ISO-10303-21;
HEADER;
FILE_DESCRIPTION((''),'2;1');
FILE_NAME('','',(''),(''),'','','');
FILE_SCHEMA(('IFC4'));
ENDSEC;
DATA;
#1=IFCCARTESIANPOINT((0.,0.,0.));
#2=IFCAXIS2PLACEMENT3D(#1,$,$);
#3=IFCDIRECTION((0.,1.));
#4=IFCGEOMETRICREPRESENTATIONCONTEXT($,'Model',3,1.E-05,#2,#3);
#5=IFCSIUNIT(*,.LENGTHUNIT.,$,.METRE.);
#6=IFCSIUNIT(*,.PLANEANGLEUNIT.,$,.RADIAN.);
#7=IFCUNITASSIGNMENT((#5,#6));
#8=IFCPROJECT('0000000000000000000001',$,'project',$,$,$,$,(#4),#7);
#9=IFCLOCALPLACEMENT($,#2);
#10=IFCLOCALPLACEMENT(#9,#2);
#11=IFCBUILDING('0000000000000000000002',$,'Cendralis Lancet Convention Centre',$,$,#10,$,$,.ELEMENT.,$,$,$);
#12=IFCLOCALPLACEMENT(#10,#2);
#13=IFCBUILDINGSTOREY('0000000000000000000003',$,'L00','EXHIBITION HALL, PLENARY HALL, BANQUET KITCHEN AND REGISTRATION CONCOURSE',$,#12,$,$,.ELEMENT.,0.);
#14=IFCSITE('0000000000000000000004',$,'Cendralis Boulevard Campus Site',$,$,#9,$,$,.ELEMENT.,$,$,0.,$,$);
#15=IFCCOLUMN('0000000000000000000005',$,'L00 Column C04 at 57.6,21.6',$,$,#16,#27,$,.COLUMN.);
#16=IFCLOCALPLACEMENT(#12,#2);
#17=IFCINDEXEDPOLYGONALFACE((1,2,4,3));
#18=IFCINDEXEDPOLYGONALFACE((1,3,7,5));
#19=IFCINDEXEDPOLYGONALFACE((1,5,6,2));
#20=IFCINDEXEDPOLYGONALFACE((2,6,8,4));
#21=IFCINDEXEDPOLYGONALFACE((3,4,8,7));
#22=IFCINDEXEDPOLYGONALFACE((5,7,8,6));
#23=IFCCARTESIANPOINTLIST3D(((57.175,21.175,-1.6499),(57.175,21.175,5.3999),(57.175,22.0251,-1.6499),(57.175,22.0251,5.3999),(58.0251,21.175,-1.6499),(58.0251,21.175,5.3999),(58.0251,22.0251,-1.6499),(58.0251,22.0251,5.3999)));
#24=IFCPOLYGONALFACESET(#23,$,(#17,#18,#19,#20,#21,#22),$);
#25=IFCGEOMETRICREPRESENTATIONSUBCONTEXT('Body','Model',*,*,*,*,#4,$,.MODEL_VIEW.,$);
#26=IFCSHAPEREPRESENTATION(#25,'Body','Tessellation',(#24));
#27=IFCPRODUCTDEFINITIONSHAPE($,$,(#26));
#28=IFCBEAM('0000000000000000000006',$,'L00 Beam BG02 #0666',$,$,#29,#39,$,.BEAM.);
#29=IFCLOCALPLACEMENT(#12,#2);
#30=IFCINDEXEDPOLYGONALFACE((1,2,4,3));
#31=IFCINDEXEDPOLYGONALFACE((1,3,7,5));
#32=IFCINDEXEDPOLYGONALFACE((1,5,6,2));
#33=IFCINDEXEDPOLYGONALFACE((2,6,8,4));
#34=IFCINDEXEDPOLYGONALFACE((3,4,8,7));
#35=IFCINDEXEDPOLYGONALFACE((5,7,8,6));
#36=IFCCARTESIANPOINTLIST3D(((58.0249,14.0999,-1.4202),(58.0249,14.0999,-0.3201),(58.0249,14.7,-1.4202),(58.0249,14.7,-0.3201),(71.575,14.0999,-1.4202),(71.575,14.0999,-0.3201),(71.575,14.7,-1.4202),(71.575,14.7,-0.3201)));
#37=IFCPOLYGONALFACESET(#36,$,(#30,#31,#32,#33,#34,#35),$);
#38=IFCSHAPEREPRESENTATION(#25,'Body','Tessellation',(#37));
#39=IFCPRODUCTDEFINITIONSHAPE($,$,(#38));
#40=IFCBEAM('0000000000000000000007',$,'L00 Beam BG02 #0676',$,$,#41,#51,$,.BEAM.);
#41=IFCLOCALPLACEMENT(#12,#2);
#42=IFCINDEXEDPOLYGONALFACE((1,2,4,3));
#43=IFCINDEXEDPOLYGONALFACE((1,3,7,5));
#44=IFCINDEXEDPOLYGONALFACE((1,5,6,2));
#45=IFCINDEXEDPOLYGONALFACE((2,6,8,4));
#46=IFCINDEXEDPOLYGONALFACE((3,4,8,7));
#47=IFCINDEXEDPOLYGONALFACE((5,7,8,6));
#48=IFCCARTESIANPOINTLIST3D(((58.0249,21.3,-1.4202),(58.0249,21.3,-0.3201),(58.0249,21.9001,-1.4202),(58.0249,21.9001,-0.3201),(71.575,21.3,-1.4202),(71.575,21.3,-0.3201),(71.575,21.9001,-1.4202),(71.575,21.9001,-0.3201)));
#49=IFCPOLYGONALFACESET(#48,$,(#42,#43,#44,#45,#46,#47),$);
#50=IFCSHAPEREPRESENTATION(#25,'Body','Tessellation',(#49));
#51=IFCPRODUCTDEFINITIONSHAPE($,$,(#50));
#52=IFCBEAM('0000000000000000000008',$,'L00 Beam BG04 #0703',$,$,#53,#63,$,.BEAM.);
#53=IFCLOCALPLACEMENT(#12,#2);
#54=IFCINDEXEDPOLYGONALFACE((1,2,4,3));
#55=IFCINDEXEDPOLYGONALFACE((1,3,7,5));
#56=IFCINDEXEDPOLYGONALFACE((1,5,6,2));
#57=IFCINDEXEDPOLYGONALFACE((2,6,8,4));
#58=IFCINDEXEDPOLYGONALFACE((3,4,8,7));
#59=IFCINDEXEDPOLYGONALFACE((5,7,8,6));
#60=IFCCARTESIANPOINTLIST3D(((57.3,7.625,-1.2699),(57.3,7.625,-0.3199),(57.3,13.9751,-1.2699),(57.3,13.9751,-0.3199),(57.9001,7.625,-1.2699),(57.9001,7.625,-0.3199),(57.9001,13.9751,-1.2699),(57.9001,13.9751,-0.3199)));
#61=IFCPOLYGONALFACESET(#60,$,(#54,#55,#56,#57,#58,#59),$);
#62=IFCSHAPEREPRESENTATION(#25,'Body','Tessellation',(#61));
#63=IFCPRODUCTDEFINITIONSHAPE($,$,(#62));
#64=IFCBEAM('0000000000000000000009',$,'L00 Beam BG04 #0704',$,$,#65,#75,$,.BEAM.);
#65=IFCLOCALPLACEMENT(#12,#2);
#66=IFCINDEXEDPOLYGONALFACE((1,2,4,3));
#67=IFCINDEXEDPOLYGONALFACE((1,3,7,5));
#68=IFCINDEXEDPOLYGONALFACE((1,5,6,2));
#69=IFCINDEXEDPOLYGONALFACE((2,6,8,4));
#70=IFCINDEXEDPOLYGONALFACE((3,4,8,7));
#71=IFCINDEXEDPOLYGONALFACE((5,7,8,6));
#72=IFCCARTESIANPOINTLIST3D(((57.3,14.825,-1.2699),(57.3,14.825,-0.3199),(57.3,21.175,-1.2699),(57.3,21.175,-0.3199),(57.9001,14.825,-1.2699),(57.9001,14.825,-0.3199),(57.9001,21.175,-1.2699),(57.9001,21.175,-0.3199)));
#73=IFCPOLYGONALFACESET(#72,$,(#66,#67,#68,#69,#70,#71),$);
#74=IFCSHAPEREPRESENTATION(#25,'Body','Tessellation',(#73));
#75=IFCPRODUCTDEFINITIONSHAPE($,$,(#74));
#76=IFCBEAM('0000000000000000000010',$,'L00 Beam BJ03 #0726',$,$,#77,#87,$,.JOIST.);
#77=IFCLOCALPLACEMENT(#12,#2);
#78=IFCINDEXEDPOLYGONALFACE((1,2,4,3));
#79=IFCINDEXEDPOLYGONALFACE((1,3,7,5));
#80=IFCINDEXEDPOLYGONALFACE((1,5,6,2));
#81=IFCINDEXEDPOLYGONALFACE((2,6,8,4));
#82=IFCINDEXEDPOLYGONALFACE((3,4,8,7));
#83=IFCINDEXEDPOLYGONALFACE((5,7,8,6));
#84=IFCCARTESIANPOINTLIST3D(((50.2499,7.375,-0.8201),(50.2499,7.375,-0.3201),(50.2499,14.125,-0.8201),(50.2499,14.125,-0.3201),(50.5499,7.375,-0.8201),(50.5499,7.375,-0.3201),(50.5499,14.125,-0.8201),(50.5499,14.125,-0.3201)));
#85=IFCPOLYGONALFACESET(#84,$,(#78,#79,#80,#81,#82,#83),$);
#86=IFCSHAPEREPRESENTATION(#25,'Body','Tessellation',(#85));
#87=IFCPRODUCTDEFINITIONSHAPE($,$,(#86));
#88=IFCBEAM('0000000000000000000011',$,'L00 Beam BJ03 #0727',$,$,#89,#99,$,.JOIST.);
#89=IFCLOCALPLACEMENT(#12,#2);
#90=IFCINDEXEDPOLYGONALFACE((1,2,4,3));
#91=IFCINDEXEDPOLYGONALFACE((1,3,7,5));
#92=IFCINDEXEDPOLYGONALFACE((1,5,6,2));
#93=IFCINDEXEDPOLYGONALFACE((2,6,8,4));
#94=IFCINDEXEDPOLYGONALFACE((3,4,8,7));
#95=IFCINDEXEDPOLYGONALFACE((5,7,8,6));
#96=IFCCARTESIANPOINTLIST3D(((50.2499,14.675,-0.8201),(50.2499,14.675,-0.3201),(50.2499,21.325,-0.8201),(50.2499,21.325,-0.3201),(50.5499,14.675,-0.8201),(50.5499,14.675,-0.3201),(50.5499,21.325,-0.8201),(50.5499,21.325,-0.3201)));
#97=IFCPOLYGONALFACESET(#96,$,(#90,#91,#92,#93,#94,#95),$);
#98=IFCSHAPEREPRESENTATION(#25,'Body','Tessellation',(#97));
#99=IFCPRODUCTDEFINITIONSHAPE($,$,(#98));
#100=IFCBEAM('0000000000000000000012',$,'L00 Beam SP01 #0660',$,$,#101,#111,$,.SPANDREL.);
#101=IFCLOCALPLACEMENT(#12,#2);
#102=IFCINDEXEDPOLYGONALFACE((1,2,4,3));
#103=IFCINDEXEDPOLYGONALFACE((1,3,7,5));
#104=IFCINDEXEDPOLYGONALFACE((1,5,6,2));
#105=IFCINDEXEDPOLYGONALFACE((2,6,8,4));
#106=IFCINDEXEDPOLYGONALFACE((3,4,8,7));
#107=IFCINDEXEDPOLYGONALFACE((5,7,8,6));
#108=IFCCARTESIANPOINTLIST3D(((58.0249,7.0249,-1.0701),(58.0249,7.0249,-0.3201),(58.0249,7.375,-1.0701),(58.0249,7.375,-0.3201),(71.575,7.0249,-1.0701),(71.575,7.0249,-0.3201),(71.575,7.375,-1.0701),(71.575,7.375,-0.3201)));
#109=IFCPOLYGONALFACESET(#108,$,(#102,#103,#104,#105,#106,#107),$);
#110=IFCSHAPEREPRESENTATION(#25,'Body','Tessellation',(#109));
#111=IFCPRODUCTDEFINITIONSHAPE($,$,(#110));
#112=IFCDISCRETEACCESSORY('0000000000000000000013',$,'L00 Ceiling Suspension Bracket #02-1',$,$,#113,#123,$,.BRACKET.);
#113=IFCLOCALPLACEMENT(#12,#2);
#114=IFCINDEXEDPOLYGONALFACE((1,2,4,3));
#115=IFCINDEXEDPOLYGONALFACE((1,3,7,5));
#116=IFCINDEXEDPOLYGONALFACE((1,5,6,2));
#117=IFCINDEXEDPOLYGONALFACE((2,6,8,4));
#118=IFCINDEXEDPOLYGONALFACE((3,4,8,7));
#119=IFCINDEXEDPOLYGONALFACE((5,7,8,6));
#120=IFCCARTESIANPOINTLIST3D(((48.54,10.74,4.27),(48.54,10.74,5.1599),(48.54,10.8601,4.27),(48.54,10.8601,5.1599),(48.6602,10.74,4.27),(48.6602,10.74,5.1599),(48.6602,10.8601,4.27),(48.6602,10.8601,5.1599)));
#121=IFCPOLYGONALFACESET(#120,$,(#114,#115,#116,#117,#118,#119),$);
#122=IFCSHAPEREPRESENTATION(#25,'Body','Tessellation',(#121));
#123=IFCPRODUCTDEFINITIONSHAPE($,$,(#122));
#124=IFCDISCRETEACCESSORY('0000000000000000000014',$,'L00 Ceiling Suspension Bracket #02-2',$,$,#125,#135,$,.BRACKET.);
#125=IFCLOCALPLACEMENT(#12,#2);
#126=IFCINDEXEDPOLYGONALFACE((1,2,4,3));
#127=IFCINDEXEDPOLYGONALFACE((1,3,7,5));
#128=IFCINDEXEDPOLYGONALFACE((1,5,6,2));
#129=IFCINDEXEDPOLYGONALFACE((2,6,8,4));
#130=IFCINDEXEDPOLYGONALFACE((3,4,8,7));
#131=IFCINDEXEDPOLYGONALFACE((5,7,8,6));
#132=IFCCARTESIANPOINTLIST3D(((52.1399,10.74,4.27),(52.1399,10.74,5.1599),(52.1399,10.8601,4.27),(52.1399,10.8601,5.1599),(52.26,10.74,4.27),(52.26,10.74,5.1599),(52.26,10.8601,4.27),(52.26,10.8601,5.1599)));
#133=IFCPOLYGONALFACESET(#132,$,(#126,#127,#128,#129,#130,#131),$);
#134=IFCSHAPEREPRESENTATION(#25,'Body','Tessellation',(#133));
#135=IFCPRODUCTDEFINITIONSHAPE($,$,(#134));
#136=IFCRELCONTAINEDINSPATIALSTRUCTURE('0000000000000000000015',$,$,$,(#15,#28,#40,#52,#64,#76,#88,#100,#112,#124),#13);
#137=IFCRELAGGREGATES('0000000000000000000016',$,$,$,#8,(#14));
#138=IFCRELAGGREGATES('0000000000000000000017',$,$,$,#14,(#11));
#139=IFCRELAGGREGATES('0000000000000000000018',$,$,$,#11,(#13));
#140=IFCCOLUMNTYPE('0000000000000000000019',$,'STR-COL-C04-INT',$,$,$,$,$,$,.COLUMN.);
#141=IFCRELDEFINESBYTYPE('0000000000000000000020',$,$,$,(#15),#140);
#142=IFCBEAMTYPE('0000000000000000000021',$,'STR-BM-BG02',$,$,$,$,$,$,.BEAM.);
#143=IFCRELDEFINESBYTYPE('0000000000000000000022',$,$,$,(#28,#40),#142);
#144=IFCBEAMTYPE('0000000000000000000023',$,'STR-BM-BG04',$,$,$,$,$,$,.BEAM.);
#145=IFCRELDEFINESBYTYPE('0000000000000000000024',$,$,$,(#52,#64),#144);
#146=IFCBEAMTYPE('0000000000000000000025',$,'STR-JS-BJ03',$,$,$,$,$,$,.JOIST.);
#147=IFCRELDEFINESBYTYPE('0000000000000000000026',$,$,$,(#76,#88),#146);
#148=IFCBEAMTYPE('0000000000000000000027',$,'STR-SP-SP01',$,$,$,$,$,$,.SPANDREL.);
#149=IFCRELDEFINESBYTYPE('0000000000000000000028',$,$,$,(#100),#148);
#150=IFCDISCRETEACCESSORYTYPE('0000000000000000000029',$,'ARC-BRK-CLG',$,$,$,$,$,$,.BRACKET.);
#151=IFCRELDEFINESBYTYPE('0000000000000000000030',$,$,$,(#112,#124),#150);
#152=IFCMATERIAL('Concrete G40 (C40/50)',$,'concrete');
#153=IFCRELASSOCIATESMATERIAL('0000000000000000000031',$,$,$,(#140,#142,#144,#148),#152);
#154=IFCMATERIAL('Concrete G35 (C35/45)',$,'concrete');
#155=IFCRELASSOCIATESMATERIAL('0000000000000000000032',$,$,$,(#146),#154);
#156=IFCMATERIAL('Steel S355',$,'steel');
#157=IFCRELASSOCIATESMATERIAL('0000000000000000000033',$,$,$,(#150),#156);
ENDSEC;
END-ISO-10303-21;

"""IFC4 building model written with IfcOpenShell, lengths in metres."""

from ifc_helpers import new_model, si_unit, direction, frame, origin, origin_2d, place, context, subcontext, project, spatial, rectangle, extrude, material, material_profile, profile_set, type_object, element, save


model = new_model("IFC4")

# Units and contexts
model_context = context("Model", 3, precision=1e-05, world=origin(), true_north=direction((0.0, 1.0)))
body_context = subcontext(model_context, "Body", "Model", "MODEL_VIEW")
ifc_project = project(units=[si_unit("LENGTHUNIT", "METRE"), si_unit("PLANEANGLEUNIT", "RADIAN")], contexts=[model_context])

# Site, building, storey
site_placement = place(None, origin())
site = spatial("IfcSite", under=ifc_project, at=site_placement, Name="Cendralis Boulevard Campus Site", CompositionType="ELEMENT", RefElevation=0.0)
building_placement = place(site_placement, origin())
building = spatial("IfcBuilding", under=site, at=building_placement, Name="Cendralis Lancet Convention Centre", CompositionType="ELEMENT")
storey_placement = place(building_placement, origin())
storey = spatial("IfcBuildingStorey", under=building, at=storey_placement, Name="L00", Description="EXHIBITION HALL, PLENARY HALL, BANQUET KITCHEN AND REGISTRATION CONCOURSE", CompositionType="ELEMENT", Elevation=0.0)

# Shared definitions
ifc_material_1 = material(Name="Concrete G35 (C35/45)", Category="concrete")

# Column
ifc_material_2 = material(Name="Concrete G40 (C40/50)", Category="concrete")
ifc_material_profile_1 = material_profile(ifc_material_2, rectangle(XDim=0.8501, YDim=0.8501, at=origin_2d()), Name="RC 850x850")
ifc_profile_set_1 = profile_set([ifc_material_profile_1], Name="Concrete G40 (C40/50)")
column_type = type_object("IfcColumnType", Name="STR-COL-C04-INT", PredefinedType="COLUMN", material=ifc_profile_set_1)
for number, where, z_axis, x_axis, name in (
    (1, (57.6001, 21.6001, -1.6499), (0.0, 0.0, 1.0), (1.0, 0.0, 0.0), "L00 Column C04 at 57.6,21.6"),
):
    element("IfcColumn", number, at=place(storey_placement, frame(where, z_axis=z_axis, x_axis=x_axis)), inside=storey, type_object=column_type, Name=name, PredefinedType="COLUMN", context=body_context, shape_type="SweptSolid", body=[
        extrude(rectangle(XDim=0.8501, YDim=0.8501, at=origin_2d()), origin(), (0.0, 0.0, 1.0), 7.0498),
    ])

# Beams
ifc_material_profile_2 = material_profile(ifc_material_2, rectangle(XDim=0.6001, YDim=1.1001, at=origin_2d()), Name="RCB 600x1100")
ifc_profile_set_2 = profile_set([ifc_material_profile_2], Name="Concrete G40 (C40/50)")
beam_type_1 = type_object("IfcBeamType", Name="STR-BM-BG02", PredefinedType="BEAM", material=ifc_profile_set_2)
for number, where, z_axis, x_axis, name in (
    (2, (58.0249, 14.3999, -0.8701), (1.0, 0.0, 0.0), (0.0, 1.0, 0.0), "L00 Beam BG02 #0666"),
    (3, (58.0249, 21.6001, -0.8701), (1.0, 0.0, 0.0), (0.0, 1.0, 0.0), "L00 Beam BG02 #0676"),
):
    element("IfcBeam", number, at=place(storey_placement, frame(where, z_axis=z_axis, x_axis=x_axis)), inside=storey, type_object=beam_type_1, Name=name, PredefinedType="BEAM", context=body_context, shape_type="SweptSolid", body=[
        extrude(rectangle(XDim=0.6001, YDim=1.1001, at=origin_2d()), origin(), (0.0, 0.0, 1.0), 13.55),
    ])
ifc_material_profile_3 = material_profile(ifc_material_2, rectangle(XDim=0.6001, YDim=0.95, at=origin_2d()), Name="RCB 600x950")
ifc_profile_set_3 = profile_set([ifc_material_profile_3], Name="Concrete G40 (C40/50)")
beam_type_2 = type_object("IfcBeamType", Name="STR-BM-BG04", PredefinedType="BEAM", material=ifc_profile_set_3)
for number, where, z_axis, x_axis, name in (
    (4, (57.6001, 7.625, -0.7949), (0.0, 1.0, 0.0), (-1.0, 0.0, 0.0), "L00 Beam BG04 #0703"),
    (5, (57.6001, 14.825, -0.7949), (0.0, 1.0, 0.0), (-1.0, 0.0, 0.0), "L00 Beam BG04 #0704"),
):
    element("IfcBeam", number, at=place(storey_placement, frame(where, z_axis=z_axis, x_axis=x_axis)), inside=storey, type_object=beam_type_2, Name=name, PredefinedType="BEAM", context=body_context, shape_type="SweptSolid", body=[
        extrude(rectangle(XDim=0.6001, YDim=0.95, at=origin_2d()), origin(), (0.0, 0.0, 1.0), 6.3501),
    ])
ifc_material_profile_4 = material_profile(ifc_material_1, rectangle(XDim=0.3, YDim=0.5, at=origin_2d()), Name="RCB 300x500")
ifc_profile_set_4 = profile_set([ifc_material_profile_4], Name="Concrete G35 (C35/45)")
beam_type_3 = type_object("IfcBeamType", Name="STR-JS-BJ03", PredefinedType="JOIST", material=ifc_profile_set_4)
beam_1_placement = place(storey_placement, frame((50.3999, 7.375, -0.5701), z_axis=(0.0, 1.0, 0.0), x_axis=(-1.0, 0.0, 0.0)))
element("IfcBeam", 6, at=beam_1_placement, inside=storey, type_object=beam_type_3, Name="L00 Beam BJ03 #0726", PredefinedType="JOIST", context=body_context, shape_type="SweptSolid", body=[
    extrude(rectangle(XDim=0.3, YDim=0.5, at=origin_2d()), origin(), (0.0, 0.0, 1.0), 6.75),
])
beam_2_placement = place(storey_placement, frame((50.3999, 14.675, -0.5701), z_axis=(0.0, 1.0, 0.0), x_axis=(-1.0, 0.0, 0.0)))
element("IfcBeam", 7, at=beam_2_placement, inside=storey, type_object=beam_type_3, Name="L00 Beam BJ03 #0727", PredefinedType="JOIST", context=body_context, shape_type="SweptSolid", body=[
    extrude(rectangle(XDim=0.3, YDim=0.5, at=origin_2d()), origin(), (0.0, 0.0, 1.0), 6.6499),
])
ifc_material_profile_5 = material_profile(ifc_material_2, rectangle(XDim=0.3501, YDim=0.75, at=origin_2d()), Name="RCB 350x750")
ifc_profile_set_5 = profile_set([ifc_material_profile_5], Name="Concrete G40 (C40/50)")
beam_type_4 = type_object("IfcBeamType", Name="STR-SP-SP01", PredefinedType="SPANDREL", material=ifc_profile_set_5)
beam_3_placement = place(storey_placement, frame((58.0249, 7.2, -0.6951), z_axis=(1.0, 0.0, 0.0), x_axis=(0.0, 1.0, 0.0)))
element("IfcBeam", 8, at=beam_3_placement, inside=storey, type_object=beam_type_4, Name="L00 Beam SP01 #0660", PredefinedType="SPANDREL", context=body_context, shape_type="SweptSolid", body=[
    extrude(rectangle(XDim=0.3501, YDim=0.75, at=origin_2d()), origin(), (0.0, 0.0, 1.0), 13.55),
])

# Discrete accessories
ifc_material_3 = material(Name="Steel S355", Category="steel")
discrete_accessory_type = type_object("IfcDiscreteAccessoryType", Name="ARC-BRK-CLG", PredefinedType="BRACKET", material=ifc_material_3)
for number, where, z_axis, x_axis, name in (
    (9, (48.6001, 10.8, 4.27), (0.0, 0.0, 1.0), (1.0, 0.0, 0.0), "L00 Ceiling Suspension Bracket #02-1"),
    (10, (52.2, 10.8, 4.27), (0.0, 0.0, 1.0), (1.0, 0.0, 0.0), "L00 Ceiling Suspension Bracket #02-2"),
):
    element("IfcDiscreteAccessory", number, at=place(storey_placement, frame(where, z_axis=z_axis, x_axis=x_axis)), inside=storey, type_object=discrete_accessory_type, Name=name, PredefinedType="BRACKET", context=body_context, shape_type="SweptSolid", body=[
        extrude(rectangle(XDim=0.1201, YDim=0.1201, at=origin_2d()), origin(), (0.0, 0.0, 1.0), 0.8899),
    ])

save(model, "model.ifc")
